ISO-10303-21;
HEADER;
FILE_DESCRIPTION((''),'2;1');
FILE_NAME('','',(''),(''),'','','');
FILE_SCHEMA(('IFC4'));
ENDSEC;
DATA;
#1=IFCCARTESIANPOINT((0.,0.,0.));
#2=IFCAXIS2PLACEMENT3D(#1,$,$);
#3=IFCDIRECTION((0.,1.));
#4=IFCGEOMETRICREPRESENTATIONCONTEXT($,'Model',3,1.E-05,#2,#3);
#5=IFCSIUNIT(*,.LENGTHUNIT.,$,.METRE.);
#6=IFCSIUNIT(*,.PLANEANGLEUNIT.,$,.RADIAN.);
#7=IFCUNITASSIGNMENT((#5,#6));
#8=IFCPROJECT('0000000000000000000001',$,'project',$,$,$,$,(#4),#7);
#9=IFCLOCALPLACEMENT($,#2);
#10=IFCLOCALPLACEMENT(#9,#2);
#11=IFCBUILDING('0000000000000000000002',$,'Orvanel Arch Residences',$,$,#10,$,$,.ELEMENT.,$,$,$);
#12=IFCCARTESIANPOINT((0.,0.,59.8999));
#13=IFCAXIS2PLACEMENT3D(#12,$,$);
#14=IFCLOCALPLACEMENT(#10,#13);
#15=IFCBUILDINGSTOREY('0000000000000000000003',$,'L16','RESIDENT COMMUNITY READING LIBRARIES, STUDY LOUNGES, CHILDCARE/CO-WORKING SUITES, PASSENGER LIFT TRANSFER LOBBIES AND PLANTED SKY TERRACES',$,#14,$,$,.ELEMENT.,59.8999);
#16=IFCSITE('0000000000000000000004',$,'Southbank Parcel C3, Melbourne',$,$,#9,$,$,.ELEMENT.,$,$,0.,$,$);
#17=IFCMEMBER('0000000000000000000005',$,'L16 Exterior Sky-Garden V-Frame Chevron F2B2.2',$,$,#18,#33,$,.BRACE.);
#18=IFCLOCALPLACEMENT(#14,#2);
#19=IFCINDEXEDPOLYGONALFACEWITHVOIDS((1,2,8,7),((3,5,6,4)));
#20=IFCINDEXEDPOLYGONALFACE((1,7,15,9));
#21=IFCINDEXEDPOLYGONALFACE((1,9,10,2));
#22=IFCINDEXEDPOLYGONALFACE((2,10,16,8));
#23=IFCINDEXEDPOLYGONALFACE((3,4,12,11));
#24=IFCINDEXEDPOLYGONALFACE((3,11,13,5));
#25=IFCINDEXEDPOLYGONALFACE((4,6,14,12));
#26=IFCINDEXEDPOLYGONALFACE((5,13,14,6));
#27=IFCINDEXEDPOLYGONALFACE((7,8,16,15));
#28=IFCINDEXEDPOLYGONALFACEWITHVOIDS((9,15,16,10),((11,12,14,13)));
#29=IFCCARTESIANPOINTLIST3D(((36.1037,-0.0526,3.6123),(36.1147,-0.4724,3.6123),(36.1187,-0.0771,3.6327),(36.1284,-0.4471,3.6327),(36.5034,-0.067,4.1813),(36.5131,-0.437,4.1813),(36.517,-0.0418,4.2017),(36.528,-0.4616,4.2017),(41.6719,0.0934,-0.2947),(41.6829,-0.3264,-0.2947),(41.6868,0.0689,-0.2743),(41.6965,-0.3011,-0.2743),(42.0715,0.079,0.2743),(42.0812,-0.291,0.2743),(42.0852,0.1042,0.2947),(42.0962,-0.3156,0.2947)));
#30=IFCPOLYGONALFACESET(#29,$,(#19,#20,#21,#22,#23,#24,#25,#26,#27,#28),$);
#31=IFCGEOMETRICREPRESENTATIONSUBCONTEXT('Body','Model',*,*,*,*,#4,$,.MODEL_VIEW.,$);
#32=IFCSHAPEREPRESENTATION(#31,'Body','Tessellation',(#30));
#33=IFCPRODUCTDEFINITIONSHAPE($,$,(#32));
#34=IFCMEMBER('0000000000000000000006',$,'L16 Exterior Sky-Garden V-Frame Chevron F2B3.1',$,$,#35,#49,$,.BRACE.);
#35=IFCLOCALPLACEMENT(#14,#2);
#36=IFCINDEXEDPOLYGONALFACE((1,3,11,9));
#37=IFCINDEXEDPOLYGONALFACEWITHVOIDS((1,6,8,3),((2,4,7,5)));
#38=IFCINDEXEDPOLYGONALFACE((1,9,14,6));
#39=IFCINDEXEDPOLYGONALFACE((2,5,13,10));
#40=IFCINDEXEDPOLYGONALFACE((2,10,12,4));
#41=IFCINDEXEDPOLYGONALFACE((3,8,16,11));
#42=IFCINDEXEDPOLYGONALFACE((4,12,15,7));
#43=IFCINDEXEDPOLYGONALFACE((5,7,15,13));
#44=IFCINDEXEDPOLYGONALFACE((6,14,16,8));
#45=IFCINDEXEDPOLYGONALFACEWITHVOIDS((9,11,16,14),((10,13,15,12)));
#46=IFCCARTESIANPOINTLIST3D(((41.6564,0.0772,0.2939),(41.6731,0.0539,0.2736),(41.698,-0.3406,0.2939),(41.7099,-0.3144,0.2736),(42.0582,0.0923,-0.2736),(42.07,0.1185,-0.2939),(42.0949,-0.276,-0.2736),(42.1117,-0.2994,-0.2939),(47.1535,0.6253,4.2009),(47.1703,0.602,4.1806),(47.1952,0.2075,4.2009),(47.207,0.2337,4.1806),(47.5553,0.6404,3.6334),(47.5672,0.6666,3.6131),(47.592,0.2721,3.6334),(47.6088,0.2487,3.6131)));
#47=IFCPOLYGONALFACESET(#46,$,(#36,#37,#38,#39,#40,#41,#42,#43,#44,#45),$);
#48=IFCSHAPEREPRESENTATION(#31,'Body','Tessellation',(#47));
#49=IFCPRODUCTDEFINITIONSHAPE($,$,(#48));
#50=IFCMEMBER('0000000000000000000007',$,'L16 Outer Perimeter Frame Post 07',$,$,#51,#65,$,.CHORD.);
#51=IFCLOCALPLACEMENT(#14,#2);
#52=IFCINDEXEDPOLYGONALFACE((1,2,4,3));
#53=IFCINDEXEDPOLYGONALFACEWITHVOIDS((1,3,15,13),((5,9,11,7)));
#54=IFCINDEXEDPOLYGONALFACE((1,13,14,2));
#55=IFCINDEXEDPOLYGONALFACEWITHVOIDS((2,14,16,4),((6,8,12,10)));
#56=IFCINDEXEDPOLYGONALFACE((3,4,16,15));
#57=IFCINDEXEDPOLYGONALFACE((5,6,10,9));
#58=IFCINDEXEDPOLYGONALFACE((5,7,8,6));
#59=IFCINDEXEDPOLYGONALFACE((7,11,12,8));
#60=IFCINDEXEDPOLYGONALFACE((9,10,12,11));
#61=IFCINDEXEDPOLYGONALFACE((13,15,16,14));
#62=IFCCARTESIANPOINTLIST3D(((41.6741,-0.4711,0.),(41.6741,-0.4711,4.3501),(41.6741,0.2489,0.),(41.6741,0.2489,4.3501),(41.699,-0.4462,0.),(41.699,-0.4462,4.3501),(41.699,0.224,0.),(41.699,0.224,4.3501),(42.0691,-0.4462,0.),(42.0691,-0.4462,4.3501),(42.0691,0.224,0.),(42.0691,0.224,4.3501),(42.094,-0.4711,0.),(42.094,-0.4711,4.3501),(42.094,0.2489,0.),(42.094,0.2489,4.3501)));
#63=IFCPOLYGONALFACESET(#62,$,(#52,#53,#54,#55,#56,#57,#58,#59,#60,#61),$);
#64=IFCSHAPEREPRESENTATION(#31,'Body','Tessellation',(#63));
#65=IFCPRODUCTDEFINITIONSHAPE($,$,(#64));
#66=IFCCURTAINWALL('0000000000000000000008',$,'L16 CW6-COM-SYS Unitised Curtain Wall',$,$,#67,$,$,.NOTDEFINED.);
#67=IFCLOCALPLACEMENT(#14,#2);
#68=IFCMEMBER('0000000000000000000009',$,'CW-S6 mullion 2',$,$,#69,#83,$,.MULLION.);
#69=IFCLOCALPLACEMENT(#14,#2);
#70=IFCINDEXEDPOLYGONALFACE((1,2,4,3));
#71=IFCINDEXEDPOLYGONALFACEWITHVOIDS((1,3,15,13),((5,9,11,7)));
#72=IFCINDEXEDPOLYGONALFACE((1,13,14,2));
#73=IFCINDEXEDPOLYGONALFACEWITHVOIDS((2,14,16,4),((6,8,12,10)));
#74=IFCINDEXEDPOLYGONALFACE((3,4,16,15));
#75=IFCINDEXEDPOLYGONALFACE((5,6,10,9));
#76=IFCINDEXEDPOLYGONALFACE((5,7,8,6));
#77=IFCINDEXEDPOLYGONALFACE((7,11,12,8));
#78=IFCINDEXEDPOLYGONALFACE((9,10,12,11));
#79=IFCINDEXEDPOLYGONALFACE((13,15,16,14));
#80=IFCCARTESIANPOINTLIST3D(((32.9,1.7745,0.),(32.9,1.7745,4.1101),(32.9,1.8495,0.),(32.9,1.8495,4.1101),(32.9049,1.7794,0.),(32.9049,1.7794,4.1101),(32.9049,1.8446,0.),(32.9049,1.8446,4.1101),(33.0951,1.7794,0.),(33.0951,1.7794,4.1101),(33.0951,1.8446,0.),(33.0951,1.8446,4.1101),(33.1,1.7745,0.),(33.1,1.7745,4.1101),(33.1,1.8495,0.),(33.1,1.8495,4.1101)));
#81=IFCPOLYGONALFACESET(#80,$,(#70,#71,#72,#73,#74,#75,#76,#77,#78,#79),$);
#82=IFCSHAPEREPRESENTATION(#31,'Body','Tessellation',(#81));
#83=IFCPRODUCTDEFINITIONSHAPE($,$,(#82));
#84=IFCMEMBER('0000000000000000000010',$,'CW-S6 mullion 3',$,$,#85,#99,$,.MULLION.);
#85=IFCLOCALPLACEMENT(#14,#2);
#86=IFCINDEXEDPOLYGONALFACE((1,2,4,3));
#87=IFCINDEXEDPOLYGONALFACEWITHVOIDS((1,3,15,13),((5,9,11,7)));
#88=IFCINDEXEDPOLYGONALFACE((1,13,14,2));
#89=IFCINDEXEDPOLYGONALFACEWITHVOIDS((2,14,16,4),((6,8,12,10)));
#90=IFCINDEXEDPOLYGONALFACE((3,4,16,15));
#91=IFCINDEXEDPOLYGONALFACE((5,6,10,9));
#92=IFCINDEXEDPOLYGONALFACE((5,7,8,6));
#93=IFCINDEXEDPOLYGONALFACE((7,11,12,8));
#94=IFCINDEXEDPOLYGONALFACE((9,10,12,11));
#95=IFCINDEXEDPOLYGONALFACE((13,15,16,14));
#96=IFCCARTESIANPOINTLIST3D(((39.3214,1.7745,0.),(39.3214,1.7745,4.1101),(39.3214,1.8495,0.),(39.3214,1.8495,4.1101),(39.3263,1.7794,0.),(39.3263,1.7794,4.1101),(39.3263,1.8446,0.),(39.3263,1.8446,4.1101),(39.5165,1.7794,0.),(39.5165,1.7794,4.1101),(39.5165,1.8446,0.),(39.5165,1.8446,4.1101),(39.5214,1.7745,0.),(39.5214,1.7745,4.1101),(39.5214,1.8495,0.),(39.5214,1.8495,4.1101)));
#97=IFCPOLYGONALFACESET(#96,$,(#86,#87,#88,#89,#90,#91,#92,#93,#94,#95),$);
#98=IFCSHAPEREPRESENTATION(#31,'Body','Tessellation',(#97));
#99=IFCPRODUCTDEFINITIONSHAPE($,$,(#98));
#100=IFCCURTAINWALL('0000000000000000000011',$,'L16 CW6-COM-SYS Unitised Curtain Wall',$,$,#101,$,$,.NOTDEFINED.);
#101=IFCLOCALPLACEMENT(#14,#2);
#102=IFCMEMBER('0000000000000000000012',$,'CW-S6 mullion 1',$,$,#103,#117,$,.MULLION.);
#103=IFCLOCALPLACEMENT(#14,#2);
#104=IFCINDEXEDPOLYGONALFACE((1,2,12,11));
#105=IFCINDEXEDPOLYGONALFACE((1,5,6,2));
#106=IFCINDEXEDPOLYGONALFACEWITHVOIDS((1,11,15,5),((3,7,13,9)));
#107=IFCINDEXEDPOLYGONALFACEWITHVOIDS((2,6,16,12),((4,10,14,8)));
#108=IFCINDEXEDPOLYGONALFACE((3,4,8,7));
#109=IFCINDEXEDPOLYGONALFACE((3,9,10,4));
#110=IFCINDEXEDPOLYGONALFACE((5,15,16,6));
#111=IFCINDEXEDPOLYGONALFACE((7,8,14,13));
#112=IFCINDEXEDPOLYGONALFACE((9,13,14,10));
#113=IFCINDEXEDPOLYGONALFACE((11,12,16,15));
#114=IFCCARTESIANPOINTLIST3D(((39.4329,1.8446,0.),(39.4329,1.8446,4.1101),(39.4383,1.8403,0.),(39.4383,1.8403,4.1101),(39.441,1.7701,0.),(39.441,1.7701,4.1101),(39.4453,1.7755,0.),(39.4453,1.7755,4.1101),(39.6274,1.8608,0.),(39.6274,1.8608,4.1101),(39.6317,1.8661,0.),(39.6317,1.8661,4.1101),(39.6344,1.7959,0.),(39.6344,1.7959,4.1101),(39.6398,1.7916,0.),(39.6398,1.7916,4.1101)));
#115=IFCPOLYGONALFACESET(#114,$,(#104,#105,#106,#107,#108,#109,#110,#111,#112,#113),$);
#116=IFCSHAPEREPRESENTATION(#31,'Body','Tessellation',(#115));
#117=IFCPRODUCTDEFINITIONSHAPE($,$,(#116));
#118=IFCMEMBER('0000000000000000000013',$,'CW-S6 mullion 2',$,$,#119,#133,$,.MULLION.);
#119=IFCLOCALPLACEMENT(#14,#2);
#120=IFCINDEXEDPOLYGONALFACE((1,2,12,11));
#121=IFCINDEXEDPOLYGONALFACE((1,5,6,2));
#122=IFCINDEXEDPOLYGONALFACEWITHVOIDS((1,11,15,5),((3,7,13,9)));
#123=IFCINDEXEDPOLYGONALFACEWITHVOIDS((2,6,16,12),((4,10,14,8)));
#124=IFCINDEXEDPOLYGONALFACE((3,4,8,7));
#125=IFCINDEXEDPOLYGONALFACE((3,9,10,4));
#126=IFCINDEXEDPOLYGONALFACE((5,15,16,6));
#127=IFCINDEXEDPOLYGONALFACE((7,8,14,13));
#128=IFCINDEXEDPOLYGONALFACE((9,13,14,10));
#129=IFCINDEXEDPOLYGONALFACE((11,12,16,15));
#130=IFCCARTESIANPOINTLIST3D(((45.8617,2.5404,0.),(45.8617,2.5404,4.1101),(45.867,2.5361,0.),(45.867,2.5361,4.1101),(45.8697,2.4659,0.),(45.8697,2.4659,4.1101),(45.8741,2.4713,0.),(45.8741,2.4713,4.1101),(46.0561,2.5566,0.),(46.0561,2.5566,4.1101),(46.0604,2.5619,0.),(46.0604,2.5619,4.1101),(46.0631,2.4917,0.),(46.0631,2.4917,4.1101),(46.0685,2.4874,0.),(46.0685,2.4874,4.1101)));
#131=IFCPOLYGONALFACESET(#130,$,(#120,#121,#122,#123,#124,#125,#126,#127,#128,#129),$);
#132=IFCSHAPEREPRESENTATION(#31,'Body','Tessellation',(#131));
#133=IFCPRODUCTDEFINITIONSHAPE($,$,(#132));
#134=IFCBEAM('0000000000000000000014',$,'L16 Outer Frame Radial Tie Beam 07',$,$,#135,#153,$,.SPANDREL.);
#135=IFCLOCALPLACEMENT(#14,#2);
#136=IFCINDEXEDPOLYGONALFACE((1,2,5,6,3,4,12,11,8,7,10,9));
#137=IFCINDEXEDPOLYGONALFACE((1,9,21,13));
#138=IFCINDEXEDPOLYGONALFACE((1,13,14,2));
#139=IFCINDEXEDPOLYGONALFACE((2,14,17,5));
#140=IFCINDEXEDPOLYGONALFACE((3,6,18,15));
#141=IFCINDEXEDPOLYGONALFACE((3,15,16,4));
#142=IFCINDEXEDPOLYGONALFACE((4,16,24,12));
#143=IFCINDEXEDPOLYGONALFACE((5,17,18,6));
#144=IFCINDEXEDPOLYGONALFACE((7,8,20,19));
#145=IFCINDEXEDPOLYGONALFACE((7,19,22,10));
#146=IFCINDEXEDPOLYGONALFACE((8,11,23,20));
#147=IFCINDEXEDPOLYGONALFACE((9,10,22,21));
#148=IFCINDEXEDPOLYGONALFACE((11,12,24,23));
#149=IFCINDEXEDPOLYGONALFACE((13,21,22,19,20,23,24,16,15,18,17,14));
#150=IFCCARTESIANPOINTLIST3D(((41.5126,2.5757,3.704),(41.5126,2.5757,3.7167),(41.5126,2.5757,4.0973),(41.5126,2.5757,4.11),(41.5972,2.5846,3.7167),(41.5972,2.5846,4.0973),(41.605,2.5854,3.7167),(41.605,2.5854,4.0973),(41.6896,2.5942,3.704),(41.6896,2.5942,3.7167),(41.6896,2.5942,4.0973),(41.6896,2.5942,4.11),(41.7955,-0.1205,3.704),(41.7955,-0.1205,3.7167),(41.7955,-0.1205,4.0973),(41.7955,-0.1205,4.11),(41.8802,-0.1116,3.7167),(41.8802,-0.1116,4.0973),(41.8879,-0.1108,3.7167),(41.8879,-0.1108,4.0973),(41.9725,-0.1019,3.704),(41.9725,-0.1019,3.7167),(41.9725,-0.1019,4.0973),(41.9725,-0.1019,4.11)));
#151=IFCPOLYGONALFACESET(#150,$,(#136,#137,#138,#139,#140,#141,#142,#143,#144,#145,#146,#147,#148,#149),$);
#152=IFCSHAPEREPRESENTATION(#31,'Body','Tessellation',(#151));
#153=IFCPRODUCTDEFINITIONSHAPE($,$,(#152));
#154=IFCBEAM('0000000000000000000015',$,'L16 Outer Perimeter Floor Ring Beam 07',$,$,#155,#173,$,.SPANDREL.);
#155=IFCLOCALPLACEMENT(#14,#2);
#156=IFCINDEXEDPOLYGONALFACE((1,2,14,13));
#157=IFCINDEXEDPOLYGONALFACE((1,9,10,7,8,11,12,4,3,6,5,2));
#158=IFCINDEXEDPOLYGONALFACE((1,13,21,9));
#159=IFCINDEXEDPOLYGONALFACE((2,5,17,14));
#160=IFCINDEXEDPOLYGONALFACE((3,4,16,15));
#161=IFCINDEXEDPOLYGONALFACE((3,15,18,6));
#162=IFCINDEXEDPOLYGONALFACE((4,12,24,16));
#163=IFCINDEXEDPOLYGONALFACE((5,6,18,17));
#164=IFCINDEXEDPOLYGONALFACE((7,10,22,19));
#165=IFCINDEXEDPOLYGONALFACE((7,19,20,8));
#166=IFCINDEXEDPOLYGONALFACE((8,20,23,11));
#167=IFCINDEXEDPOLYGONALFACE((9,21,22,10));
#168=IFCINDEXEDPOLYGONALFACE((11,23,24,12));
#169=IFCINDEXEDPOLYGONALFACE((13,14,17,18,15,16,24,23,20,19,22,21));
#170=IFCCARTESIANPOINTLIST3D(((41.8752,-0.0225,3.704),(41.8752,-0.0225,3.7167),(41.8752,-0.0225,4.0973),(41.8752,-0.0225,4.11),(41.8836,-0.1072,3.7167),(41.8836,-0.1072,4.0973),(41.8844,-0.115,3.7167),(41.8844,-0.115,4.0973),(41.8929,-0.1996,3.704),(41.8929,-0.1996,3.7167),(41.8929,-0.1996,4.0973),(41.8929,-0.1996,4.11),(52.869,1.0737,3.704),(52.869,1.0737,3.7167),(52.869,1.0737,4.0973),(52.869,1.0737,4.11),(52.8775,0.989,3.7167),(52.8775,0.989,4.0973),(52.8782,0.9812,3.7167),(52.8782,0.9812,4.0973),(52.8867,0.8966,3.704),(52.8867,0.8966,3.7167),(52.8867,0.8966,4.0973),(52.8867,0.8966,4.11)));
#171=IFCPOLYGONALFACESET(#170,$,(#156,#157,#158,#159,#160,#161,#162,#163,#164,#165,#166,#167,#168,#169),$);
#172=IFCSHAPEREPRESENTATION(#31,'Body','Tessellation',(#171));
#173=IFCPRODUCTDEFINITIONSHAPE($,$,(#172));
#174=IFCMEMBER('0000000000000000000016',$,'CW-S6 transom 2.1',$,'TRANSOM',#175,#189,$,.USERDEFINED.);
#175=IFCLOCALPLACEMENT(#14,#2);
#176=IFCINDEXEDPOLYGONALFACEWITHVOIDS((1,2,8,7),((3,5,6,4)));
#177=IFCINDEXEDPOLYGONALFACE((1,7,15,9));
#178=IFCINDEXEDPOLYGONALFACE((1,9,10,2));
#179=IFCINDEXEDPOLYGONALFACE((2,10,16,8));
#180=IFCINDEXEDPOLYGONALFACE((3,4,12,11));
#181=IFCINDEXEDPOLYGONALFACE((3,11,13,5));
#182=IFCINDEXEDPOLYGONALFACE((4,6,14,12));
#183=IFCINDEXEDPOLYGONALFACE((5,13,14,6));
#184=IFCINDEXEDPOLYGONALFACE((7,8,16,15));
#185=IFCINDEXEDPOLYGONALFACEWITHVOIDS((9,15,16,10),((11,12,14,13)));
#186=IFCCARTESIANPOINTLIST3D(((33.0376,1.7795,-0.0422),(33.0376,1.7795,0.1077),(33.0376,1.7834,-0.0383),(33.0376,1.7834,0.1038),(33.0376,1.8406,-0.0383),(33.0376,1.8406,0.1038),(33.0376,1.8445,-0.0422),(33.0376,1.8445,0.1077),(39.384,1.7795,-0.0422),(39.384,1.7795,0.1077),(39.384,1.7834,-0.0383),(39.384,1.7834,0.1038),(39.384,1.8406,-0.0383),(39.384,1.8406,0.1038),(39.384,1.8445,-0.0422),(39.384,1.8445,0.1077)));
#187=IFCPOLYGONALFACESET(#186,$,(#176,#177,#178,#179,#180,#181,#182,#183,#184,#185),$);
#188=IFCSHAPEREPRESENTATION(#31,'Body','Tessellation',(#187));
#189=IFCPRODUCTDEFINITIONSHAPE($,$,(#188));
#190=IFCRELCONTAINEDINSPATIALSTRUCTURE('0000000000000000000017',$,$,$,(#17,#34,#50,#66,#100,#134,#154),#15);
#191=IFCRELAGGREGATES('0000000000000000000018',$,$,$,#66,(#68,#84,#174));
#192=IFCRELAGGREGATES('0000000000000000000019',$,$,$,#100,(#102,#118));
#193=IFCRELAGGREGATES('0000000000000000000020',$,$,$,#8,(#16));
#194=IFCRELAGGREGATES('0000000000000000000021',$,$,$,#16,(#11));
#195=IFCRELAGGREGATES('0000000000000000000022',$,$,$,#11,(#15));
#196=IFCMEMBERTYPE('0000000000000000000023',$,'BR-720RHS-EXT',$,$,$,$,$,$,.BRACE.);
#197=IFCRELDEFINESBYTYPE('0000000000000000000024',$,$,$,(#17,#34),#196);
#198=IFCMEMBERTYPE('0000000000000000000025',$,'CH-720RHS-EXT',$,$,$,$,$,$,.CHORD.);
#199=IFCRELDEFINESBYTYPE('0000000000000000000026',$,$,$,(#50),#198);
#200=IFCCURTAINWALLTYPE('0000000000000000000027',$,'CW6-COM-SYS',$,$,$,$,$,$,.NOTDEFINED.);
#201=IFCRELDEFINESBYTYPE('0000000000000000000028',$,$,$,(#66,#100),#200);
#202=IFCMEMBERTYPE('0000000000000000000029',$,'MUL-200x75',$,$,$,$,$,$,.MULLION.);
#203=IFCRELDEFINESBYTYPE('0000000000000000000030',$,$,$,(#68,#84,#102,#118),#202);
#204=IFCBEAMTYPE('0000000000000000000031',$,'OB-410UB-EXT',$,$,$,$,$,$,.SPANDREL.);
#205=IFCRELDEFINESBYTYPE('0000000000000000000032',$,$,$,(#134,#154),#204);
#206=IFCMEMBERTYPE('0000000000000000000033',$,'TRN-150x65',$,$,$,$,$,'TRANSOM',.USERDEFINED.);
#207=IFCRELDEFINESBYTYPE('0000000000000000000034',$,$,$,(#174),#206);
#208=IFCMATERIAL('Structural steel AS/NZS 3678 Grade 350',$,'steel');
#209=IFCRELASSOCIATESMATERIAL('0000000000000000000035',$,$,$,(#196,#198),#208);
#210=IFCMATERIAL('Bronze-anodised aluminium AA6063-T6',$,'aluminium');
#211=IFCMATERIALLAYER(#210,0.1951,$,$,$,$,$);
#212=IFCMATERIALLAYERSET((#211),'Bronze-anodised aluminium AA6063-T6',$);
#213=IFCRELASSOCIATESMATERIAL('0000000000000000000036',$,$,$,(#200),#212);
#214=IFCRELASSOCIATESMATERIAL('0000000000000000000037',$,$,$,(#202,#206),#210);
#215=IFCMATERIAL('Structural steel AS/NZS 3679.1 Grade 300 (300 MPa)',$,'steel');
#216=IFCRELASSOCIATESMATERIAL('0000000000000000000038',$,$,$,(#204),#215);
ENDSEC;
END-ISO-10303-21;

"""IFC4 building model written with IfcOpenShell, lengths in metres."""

from ifc_helpers import new_model, si_unit, direction, frame, origin, origin_2d, place, context, subcontext, project, spatial, hollow_rectangle, i_section, extrude, material, layer, layer_set, material_profile, profile_set, type_object, element, aggregate, save


model = new_model("IFC4")

# Units and contexts
model_context = context("Model", 3, precision=1e-05, world=origin(), true_north=direction((0.0, 1.0)))
body_context = subcontext(model_context, "Body", "Model", "MODEL_VIEW")
ifc_project = project(units=[si_unit("LENGTHUNIT", "METRE"), si_unit("PLANEANGLEUNIT", "RADIAN")], contexts=[model_context])

# Site, building, storey
site_placement = place(None, origin())
site = spatial("IfcSite", under=ifc_project, at=site_placement, Name="Southbank Parcel C3, Melbourne", CompositionType="ELEMENT", RefElevation=0.0)
building_placement = place(site_placement, origin())
building = spatial("IfcBuilding", under=site, at=building_placement, Name="Orvanel Arch Residences", CompositionType="ELEMENT")
storey_placement = place(building_placement, frame((0.0, 0.0, 59.8999)))
storey = spatial("IfcBuildingStorey", under=building, at=storey_placement, Name="L16", Description="RESIDENT COMMUNITY READING LIBRARIES, STUDY LOUNGES, CHILDCARE/CO-WORKING SUITES, PASSENGER LIFT TRANSFER LOBBIES AND PLANTED SKY TERRACES", CompositionType="ELEMENT", Elevation=59.8999)

# Members
ifc_material_1 = material(Name="Structural steel AS/NZS 3678 Grade 350", Category="steel")
ifc_material_profile_1 = material_profile(ifc_material_1, hollow_rectangle(XDim=0.4199, YDim=0.72, WallThickness=0.0249, at=origin_2d()), Name="RHS720x420x25")
ifc_profile_set_1 = profile_set([ifc_material_profile_1], Name="Structural steel AS/NZS 3678 Grade 350")
member_type_1 = type_object("IfcMemberType", Name="BR-720RHS-EXT", PredefinedType="BRACE", material=ifc_profile_set_1)
member_1_placement = place(storey_placement, frame((41.884, -0.1111, 0.0), z_axis=(-0.8184, -0.021458, 0.574248), x_axis=(0.026211, -0.999656, 0.0)))
element("IfcMember", 1, at=member_1_placement, inside=storey, type_object=member_type_1, Name="L16 Exterior Sky-Garden V-Frame Chevron F2B2.2", PredefinedType="BRACE", context=body_context, shape_type="SweptSolid", body=[
    extrude(hollow_rectangle(XDim=0.4199, YDim=0.72, WallThickness=0.0249, at=origin_2d()), origin(), (0.0, 0.0, 1.0), 6.8037),
])
member_2_placement = place(storey_placement, frame((41.884, -0.1111, 0.0), z_axis=(0.81242, 0.081004, 0.577419), x_axis=(-0.099215, 0.995066, 0.0)))
element("IfcMember", 2, at=member_2_placement, inside=storey, type_object=member_type_1, Name="L16 Exterior Sky-Garden V-Frame Chevron F2B3.1", PredefinedType="BRACE", context=body_context, shape_type="SweptSolid", body=[
    extrude(hollow_rectangle(XDim=0.4199, YDim=0.72, WallThickness=0.0249, at=origin_2d()), origin(), (0.0, 0.0, 1.0), 6.7664),
])
ifc_material_profile_2 = material_profile(ifc_material_1, hollow_rectangle(XDim=0.4199, YDim=0.72, WallThickness=0.0249, at=origin_2d()), Name="RHS720x420x25")
ifc_profile_set_2 = profile_set([ifc_material_profile_2], Name="Structural steel AS/NZS 3678 Grade 350")
member_type_2 = type_object("IfcMemberType", Name="CH-720RHS-EXT", PredefinedType="CHORD", material=ifc_profile_set_2)
member_3_placement = place(storey_placement, frame((41.884, -0.1111, 0.0), z_axis=(0.0, 0.0, 1.0), x_axis=(1.0, 0.0, 0.0)))
element("IfcMember", 3, at=member_3_placement, inside=storey, type_object=member_type_2, Name="L16 Outer Perimeter Frame Post 07", PredefinedType="CHORD", context=body_context, shape_type="SweptSolid", body=[
    extrude(hollow_rectangle(XDim=0.4199, YDim=0.72, WallThickness=0.0249, at=origin_2d()), origin(), (0.0, 0.0, 1.0), 4.3501),
])

# Curtain walls, members
ifc_material_2 = material(Name="Bronze-anodised aluminium AA6063-T6", Category="aluminium")
ifc_layer_1 = layer(ifc_material_2, 0.1951)
ifc_layer_set_1 = layer_set([ifc_layer_1], Name="Bronze-anodised aluminium AA6063-T6")
curtain_wall_type = type_object("IfcCurtainWallType", Name="CW6-COM-SYS", PredefinedType="NOTDEFINED", material=ifc_layer_set_1)
curtain_wall_1_placement = place(storey_placement, origin())
curtain_wall_1 = element("IfcCurtainWall", 4, at=curtain_wall_1_placement, inside=storey, type_object=curtain_wall_type, Name="L16 CW6-COM-SYS Unitised Curtain Wall", PredefinedType="NOTDEFINED")
ifc_material_profile_3 = material_profile(ifc_material_2, hollow_rectangle(XDim=0.075, YDim=0.2, WallThickness=0.0049, at=origin_2d()), Name="ALU200x75x5")
ifc_profile_set_3 = profile_set([ifc_material_profile_3], Name="Bronze-anodised aluminium AA6063-T6")
member_type_3 = type_object("IfcMemberType", Name="MUL-200x75", PredefinedType="MULLION", material=ifc_profile_set_3)
member_4_placement = place(storey_placement, frame((33.0, 1.812, 0.0), z_axis=(0.0, 0.0, 1.0), x_axis=(0.0, 1.0, 0.0)))
member_4 = element("IfcMember", 5, at=member_4_placement, type_object=member_type_3, Name="CW-S6 mullion 2", PredefinedType="MULLION", context=body_context, shape_type="SweptSolid", body=[
    extrude(hollow_rectangle(XDim=0.075, YDim=0.2, WallThickness=0.0049, at=origin_2d()), origin(), (0.0, 0.0, 1.0), 4.1101),
])
member_5_placement = place(storey_placement, frame((39.4214, 1.812, 0.0), z_axis=(0.0, 0.0, 1.0), x_axis=(0.0, 1.0, 0.0)))
member_5 = element("IfcMember", 6, at=member_5_placement, type_object=member_type_3, Name="CW-S6 mullion 3", PredefinedType="MULLION", context=body_context, shape_type="SweptSolid", body=[
    extrude(hollow_rectangle(XDim=0.075, YDim=0.2, WallThickness=0.0049, at=origin_2d()), origin(), (0.0, 0.0, 1.0), 4.1101),
])
curtain_wall_2_placement = place(storey_placement, origin())
curtain_wall_2 = element("IfcCurtainWall", 7, at=curtain_wall_2_placement, inside=storey, type_object=curtain_wall_type, Name="L16 CW6-COM-SYS Unitised Curtain Wall", PredefinedType="NOTDEFINED")
member_6_placement = place(storey_placement, frame((39.5364, 1.8181, 0.0), z_axis=(0.0, 0.0, 1.0), x_axis=(-0.10763, 0.994191, 0.0)))
member_6 = element("IfcMember", 8, at=member_6_placement, type_object=member_type_3, Name="CW-S6 mullion 1", PredefinedType="MULLION", context=body_context, shape_type="SweptSolid", body=[
    extrude(hollow_rectangle(XDim=0.075, YDim=0.2, WallThickness=0.0049, at=origin_2d()), origin(), (0.0, 0.0, 1.0), 4.1101),
])
member_7_placement = place(storey_placement, frame((45.9651, 2.5139, 0.0), z_axis=(0.0, 0.0, 1.0), x_axis=(-0.10763, 0.994191, 0.0)))
member_7 = element("IfcMember", 9, at=member_7_placement, type_object=member_type_3, Name="CW-S6 mullion 2", PredefinedType="MULLION", context=body_context, shape_type="SweptSolid", body=[
    extrude(hollow_rectangle(XDim=0.075, YDim=0.2, WallThickness=0.0049, at=origin_2d()), origin(), (0.0, 0.0, 1.0), 4.1101),
])

# Beams
ifc_material_3 = material(Name="Structural steel AS/NZS 3679.1 Grade 300 (300 MPa)", Category="steel")
ifc_material_profile_4 = material_profile(ifc_material_3, i_section(OverallWidth=0.178, OverallDepth=0.406, WebThickness=0.0078, FlangeThickness=0.0127, at=origin_2d()), Name="410UB59.7")
ifc_profile_set_4 = profile_set([ifc_material_profile_4], Name="Structural steel AS/NZS 3679.1 Grade 300 (300 MPa)")
beam_type = type_object("IfcBeamType", Name="OB-410UB-EXT", PredefinedType="SPANDREL", material=ifc_profile_set_4)
beam_1_placement = place(storey_placement, frame((41.6011, 2.585, 3.907), z_axis=(0.10438, -0.994537, 0.0), x_axis=(0.994537, 0.10438, 0.0)))
element("IfcBeam", 10, at=beam_1_placement, inside=storey, type_object=beam_type, Name="L16 Outer Frame Radial Tie Beam 07", PredefinedType="SPANDREL", context=body_context, shape_type="SweptSolid", body=[
    extrude(i_section(OverallWidth=0.178, OverallDepth=0.406, WebThickness=0.0078, FlangeThickness=0.0127, at=origin_2d()), origin(), (0.0, 0.0, 1.0), 2.7109),
])
beam_2_placement = place(storey_placement, frame((41.884, -0.1111, 3.907), z_axis=(0.995066, 0.099217, 0.0), x_axis=(-0.099217, 0.995066, 0.0)))
element("IfcBeam", 11, at=beam_2_placement, inside=storey, type_object=beam_type, Name="L16 Outer Perimeter Floor Ring Beam 07", PredefinedType="SPANDREL", context=body_context, shape_type="SweptSolid", body=[
    extrude(i_section(OverallWidth=0.178, OverallDepth=0.406, WebThickness=0.0078, FlangeThickness=0.0127, at=origin_2d()), origin(), (0.0, 0.0, 1.0), 11.0483),
])

# Member
ifc_material_profile_5 = material_profile(ifc_material_2, hollow_rectangle(XDim=0.0649, YDim=0.1499, WallThickness=0.0039, at=origin_2d()), Name="ALU150x65x4")
ifc_profile_set_5 = profile_set([ifc_material_profile_5], Name="Bronze-anodised aluminium AA6063-T6")
member_type_4 = type_object("IfcMemberType", Name="TRN-150x65", ElementType="TRANSOM", PredefinedType="USERDEFINED", material=ifc_profile_set_5)
member_8_placement = place(storey_placement, frame((33.0376, 1.812, 0.0327), z_axis=(1.0, 0.0, 0.0), x_axis=(0.0, 1.0, 0.0)))
member_8 = element("IfcMember", 12, at=member_8_placement, type_object=member_type_4, Name="CW-S6 transom 2.1", ObjectType="TRANSOM", PredefinedType="USERDEFINED", context=body_context, shape_type="SweptSolid", body=[
    extrude(hollow_rectangle(XDim=0.0649, YDim=0.1499, WallThickness=0.0039, at=origin_2d()), origin(), (0.0, 0.0, 1.0), 6.3464),
])

aggregate(curtain_wall_1, [member_4, member_5, member_8])
aggregate(curtain_wall_2, [member_6, member_7])

save(model, "model.ifc")
